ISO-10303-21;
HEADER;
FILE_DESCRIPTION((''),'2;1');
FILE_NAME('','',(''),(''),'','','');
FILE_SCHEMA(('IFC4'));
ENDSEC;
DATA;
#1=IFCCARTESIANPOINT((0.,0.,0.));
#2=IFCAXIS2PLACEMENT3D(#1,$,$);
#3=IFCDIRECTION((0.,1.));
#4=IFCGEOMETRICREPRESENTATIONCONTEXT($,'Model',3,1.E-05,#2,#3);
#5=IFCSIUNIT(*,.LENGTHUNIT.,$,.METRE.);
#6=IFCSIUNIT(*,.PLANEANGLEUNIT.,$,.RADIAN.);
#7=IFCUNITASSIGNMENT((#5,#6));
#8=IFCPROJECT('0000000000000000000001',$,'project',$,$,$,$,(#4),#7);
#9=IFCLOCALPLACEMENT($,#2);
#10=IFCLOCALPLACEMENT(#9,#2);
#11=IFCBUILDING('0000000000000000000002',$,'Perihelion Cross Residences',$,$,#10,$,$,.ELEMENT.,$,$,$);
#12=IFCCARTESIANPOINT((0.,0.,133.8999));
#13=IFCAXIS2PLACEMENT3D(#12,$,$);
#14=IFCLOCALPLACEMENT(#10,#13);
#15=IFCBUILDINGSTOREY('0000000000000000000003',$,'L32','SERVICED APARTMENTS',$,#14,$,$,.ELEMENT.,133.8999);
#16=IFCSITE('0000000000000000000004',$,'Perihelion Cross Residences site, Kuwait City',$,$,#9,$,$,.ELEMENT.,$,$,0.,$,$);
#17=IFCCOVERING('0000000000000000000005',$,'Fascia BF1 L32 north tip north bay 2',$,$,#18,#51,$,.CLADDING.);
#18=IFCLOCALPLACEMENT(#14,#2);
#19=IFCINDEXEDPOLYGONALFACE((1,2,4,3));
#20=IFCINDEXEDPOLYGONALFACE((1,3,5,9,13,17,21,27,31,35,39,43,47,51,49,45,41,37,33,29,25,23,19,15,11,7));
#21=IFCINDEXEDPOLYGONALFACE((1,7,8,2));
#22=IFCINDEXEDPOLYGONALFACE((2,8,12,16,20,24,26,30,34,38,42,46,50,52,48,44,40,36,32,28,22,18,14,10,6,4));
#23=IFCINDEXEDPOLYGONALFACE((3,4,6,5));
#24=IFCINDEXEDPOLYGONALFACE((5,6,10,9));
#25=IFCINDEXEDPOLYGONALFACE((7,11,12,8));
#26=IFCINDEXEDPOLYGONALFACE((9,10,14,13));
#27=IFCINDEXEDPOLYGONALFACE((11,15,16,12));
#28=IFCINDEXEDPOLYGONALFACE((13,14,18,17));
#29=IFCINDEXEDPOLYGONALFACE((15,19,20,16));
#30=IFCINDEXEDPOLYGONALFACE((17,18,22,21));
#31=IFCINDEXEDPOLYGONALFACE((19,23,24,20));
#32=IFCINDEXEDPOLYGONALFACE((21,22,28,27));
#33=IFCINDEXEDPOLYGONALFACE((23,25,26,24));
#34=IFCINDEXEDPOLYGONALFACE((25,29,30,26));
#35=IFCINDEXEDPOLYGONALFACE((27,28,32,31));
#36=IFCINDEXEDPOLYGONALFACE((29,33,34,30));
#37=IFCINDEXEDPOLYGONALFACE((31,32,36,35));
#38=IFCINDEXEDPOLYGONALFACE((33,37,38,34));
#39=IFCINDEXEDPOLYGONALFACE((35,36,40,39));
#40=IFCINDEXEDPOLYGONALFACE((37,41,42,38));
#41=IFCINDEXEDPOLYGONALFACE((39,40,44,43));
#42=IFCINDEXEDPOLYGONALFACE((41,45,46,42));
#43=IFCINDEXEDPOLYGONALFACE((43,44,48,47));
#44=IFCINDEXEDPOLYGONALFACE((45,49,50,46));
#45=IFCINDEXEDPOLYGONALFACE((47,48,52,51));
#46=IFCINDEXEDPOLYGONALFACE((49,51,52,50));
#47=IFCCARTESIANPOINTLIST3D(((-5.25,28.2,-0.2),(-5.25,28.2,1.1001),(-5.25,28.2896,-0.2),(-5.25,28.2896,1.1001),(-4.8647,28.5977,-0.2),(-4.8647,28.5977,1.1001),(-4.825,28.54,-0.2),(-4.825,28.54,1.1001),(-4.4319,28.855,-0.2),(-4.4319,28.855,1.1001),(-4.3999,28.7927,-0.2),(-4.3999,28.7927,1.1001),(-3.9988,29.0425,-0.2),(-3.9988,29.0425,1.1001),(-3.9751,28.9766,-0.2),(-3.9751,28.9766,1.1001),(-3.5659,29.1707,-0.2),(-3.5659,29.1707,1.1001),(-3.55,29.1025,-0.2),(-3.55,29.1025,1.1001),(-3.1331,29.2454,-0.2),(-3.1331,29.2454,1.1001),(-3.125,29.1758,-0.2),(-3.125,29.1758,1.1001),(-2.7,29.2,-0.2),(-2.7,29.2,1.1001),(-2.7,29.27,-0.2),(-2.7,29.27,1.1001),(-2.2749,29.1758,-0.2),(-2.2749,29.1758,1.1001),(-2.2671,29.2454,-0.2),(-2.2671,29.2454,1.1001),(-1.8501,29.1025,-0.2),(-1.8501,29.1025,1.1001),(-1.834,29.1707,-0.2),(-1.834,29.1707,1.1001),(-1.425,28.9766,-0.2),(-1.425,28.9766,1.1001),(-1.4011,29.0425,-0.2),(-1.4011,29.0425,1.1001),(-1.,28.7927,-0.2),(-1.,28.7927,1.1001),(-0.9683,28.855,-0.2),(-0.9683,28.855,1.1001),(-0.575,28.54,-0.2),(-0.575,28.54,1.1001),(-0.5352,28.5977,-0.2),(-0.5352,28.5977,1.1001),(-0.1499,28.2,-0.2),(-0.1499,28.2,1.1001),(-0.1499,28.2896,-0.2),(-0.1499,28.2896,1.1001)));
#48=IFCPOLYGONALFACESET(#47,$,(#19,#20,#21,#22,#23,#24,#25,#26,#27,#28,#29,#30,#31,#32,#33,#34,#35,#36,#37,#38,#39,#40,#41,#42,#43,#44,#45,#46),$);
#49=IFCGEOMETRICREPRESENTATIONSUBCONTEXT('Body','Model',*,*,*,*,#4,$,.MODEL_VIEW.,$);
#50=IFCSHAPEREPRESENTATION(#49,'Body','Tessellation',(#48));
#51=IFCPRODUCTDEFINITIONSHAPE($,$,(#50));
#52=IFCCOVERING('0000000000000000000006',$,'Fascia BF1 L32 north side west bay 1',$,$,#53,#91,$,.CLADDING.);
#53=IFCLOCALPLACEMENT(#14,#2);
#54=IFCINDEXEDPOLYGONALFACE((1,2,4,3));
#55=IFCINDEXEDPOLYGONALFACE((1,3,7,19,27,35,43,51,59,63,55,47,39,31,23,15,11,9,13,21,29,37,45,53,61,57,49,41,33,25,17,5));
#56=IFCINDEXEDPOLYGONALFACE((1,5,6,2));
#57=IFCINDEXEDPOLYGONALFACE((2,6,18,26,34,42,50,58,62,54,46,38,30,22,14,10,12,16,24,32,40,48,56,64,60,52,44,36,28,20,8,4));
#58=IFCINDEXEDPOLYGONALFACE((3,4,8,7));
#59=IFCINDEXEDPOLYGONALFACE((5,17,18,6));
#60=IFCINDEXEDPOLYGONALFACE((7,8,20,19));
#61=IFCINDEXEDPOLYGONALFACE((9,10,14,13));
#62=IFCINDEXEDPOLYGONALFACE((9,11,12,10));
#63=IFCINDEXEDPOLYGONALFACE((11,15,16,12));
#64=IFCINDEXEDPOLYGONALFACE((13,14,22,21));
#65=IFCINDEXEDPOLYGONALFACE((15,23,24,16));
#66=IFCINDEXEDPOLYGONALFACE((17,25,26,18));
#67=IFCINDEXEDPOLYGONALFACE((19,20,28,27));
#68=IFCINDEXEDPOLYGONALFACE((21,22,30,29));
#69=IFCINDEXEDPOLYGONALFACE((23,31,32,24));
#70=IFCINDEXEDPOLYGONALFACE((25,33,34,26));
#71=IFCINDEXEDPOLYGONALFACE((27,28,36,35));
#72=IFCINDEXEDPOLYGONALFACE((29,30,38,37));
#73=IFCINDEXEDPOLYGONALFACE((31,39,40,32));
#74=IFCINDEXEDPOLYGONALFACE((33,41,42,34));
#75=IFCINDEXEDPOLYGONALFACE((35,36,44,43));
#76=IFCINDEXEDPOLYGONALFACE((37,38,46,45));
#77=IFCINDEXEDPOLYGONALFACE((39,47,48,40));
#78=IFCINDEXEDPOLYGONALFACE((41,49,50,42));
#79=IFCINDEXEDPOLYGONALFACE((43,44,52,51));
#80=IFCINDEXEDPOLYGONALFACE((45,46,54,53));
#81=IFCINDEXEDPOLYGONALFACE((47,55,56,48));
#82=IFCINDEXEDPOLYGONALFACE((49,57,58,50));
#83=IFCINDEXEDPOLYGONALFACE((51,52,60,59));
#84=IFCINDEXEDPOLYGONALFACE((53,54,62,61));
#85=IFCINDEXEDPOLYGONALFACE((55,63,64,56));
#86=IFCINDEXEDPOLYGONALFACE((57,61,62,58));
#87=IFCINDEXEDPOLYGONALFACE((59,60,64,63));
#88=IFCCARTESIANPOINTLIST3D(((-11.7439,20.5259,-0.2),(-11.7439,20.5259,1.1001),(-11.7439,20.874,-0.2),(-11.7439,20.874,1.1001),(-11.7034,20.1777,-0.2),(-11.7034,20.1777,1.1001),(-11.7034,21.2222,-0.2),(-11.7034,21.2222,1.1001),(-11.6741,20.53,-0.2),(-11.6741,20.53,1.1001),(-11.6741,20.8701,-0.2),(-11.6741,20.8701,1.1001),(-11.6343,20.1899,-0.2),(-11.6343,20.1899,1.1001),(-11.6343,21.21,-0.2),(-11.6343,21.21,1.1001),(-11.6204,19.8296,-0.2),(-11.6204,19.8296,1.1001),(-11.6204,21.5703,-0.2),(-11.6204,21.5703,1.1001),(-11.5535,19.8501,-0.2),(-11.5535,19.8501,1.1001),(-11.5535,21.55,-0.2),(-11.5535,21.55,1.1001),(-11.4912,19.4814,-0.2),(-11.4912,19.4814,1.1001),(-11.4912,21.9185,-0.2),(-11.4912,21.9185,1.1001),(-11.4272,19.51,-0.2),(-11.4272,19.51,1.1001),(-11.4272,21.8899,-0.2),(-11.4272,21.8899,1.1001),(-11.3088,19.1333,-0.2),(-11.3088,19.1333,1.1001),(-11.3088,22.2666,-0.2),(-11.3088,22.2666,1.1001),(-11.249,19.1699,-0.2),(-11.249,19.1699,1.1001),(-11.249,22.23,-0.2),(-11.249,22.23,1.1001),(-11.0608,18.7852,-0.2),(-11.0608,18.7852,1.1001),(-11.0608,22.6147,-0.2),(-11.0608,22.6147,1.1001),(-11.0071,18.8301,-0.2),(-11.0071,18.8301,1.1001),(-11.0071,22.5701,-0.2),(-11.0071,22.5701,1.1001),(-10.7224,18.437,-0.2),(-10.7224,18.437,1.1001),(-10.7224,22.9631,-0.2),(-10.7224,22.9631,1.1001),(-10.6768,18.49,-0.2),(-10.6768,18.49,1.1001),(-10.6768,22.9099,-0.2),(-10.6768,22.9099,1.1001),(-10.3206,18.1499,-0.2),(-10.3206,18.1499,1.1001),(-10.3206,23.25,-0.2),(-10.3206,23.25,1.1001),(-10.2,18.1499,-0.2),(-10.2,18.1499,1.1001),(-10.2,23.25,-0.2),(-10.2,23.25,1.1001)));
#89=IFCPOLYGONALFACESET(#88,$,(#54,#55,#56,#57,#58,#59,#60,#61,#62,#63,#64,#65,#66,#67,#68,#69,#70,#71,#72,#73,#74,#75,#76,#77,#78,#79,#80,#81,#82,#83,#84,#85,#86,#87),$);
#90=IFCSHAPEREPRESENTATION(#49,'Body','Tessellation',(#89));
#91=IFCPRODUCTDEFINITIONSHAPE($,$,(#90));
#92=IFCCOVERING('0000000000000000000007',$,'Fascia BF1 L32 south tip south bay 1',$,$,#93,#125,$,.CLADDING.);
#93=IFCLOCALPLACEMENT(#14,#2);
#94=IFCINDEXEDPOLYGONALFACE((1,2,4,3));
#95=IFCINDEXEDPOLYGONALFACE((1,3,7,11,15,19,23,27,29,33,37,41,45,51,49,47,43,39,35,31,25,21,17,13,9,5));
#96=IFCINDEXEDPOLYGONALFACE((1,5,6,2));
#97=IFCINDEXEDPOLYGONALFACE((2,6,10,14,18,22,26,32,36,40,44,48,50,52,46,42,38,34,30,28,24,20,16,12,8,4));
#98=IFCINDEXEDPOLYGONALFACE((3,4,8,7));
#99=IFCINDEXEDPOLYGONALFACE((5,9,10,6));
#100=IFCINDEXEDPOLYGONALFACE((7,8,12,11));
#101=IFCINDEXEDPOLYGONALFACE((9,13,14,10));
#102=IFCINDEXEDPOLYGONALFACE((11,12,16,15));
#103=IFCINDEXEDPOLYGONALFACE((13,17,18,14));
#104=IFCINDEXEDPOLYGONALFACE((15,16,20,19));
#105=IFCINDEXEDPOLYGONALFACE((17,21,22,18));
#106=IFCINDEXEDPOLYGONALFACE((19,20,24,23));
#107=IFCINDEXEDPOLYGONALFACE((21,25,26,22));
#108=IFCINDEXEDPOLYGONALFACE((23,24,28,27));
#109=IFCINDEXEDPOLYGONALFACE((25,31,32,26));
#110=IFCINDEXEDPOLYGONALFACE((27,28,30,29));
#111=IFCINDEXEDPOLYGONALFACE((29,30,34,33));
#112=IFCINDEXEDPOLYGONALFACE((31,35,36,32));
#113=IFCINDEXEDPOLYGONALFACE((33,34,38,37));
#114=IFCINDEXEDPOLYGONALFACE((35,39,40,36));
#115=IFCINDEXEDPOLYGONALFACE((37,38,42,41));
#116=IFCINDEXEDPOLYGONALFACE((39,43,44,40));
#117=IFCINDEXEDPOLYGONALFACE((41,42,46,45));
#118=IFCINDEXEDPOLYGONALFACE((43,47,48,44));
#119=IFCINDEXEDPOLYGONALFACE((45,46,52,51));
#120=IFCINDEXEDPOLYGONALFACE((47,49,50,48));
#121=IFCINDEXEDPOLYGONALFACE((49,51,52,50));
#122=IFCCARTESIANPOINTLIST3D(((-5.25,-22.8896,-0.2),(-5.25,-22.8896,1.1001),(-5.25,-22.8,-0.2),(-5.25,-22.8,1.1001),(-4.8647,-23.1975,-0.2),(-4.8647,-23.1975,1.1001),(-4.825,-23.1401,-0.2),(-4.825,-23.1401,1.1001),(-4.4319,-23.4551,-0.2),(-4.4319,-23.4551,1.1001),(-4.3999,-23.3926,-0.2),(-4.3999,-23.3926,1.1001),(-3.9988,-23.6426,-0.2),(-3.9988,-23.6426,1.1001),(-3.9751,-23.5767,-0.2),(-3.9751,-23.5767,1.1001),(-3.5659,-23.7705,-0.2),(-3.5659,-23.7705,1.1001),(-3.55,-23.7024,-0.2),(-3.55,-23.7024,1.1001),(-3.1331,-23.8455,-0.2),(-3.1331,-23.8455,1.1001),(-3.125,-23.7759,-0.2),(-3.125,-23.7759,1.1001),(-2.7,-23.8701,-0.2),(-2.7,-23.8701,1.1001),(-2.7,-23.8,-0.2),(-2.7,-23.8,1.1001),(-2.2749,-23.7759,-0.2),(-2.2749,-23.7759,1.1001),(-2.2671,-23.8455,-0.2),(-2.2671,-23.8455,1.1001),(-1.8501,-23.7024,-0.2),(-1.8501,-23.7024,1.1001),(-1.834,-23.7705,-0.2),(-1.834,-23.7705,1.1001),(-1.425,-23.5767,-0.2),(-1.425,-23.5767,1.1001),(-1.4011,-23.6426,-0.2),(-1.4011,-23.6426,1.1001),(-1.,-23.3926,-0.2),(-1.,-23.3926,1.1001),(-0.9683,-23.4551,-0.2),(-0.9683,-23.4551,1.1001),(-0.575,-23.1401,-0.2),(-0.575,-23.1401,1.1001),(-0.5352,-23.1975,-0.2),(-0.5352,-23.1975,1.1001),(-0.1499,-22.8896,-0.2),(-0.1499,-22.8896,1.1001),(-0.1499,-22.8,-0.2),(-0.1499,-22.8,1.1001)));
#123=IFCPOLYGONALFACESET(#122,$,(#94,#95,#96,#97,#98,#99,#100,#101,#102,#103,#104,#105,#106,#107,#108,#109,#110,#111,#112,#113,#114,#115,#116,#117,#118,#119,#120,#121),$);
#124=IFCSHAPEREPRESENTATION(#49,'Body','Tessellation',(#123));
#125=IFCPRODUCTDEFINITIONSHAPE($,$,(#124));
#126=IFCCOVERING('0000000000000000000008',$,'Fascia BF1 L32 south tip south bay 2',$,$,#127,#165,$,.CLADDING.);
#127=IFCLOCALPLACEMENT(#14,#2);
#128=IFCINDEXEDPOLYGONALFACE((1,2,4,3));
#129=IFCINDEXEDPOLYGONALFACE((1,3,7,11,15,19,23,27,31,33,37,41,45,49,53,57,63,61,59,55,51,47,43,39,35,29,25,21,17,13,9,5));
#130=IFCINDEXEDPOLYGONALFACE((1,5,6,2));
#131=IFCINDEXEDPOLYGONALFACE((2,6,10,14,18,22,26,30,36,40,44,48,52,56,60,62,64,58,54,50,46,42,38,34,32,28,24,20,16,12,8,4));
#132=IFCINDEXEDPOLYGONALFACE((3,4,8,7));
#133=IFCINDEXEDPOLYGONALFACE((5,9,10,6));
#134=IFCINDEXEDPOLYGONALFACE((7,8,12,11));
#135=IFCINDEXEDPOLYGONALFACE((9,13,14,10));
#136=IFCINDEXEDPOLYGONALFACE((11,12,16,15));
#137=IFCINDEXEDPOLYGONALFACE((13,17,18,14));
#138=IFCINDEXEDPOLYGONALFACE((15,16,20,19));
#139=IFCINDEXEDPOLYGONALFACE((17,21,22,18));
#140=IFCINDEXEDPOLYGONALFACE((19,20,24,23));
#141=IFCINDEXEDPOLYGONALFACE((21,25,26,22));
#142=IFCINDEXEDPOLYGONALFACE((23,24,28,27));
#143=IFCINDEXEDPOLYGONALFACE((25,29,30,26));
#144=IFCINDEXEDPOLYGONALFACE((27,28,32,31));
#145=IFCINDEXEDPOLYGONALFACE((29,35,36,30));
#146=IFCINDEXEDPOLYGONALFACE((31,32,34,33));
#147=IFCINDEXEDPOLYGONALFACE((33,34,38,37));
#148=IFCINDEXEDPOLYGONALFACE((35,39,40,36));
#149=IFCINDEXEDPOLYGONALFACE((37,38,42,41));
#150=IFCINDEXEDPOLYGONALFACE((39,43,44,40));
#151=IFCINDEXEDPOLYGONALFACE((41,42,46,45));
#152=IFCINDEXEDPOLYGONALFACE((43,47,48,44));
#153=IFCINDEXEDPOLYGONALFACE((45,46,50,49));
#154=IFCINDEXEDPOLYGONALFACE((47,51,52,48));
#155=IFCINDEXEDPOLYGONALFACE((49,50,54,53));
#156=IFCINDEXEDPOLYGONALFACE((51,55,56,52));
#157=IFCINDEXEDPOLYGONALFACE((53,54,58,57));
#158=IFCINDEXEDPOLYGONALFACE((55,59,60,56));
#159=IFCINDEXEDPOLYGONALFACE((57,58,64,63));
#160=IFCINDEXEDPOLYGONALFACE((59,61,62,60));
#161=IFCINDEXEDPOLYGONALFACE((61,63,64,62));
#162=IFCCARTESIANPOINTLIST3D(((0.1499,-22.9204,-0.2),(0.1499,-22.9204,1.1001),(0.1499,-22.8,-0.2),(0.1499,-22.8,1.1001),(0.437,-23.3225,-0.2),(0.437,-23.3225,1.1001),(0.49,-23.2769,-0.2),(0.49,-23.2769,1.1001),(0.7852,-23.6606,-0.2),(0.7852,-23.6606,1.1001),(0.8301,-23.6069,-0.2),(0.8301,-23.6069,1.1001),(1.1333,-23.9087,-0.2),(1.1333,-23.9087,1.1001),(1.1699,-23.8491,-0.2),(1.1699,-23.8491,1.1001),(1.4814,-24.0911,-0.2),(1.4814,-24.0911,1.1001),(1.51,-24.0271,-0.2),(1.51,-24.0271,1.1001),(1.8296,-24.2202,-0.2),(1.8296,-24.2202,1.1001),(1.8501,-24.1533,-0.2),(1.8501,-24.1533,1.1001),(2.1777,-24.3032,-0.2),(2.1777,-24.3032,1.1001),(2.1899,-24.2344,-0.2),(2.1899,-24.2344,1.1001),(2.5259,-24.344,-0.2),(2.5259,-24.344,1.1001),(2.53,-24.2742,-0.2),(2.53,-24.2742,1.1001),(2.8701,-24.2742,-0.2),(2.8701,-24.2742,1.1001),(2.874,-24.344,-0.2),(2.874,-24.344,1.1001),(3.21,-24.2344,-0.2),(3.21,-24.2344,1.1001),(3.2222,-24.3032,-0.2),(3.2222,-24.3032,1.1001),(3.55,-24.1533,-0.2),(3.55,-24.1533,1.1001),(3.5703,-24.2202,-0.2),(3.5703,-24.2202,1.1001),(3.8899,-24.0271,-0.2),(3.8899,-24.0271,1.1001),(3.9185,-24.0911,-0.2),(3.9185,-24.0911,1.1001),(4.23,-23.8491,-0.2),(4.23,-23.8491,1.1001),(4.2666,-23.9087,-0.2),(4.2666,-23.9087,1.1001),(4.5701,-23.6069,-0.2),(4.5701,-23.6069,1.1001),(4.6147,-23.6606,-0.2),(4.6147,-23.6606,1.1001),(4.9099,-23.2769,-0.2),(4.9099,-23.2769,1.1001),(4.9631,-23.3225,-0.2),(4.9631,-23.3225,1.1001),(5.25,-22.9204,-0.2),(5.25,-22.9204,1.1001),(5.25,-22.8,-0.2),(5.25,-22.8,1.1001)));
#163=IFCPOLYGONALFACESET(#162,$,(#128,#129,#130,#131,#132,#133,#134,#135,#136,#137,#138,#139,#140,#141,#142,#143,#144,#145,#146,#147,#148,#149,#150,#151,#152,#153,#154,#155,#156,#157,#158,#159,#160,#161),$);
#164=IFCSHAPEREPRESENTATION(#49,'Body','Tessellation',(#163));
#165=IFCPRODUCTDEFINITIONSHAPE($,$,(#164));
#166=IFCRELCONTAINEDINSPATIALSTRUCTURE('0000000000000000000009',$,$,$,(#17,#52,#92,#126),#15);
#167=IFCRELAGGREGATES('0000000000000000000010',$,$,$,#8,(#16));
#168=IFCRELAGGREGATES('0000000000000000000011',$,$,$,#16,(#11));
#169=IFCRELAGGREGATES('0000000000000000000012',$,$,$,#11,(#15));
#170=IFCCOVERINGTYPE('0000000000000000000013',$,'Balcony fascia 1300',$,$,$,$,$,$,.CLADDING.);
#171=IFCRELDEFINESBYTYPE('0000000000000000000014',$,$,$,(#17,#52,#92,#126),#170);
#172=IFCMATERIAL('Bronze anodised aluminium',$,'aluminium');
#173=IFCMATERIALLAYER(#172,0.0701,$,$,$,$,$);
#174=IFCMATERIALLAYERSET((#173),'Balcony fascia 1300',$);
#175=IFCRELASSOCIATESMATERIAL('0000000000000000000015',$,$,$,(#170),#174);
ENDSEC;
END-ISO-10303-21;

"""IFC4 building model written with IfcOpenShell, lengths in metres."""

from ifc_helpers import new_model, si_unit, direction, frame, origin, place, context, subcontext, project, spatial, polyline, outline, extrude, material, layer, layer_set, type_object, element, save


model = new_model("IFC4")

# Units and contexts
model_context = context("Model", 3, precision=1e-05, world=origin(), true_north=direction((0.0, 1.0)))
body_context = subcontext(model_context, "Body", "Model", "MODEL_VIEW")
ifc_project = project(units=[si_unit("LENGTHUNIT", "METRE"), si_unit("PLANEANGLEUNIT", "RADIAN")], contexts=[model_context])

# Site, building, storey
site_placement = place(None, origin())
site = spatial("IfcSite", under=ifc_project, at=site_placement, Name="Perihelion Cross Residences site, Kuwait City", CompositionType="ELEMENT", RefElevation=0.0)
building_placement = place(site_placement, origin())
building = spatial("IfcBuilding", under=site, at=building_placement, Name="Perihelion Cross Residences", CompositionType="ELEMENT")
storey_placement = place(building_placement, frame((0.0, 0.0, 133.8999)))
storey = spatial("IfcBuildingStorey", under=building, at=storey_placement, Name="L32", Description="SERVICED APARTMENTS", CompositionType="ELEMENT", Elevation=133.8999)

# Coverings
ifc_material_1 = material(Name="Bronze anodised aluminium", Category="aluminium")
ifc_layer_1 = layer(ifc_material_1, 0.0701)
ifc_layer_set_1 = layer_set([ifc_layer_1], Name="Balcony fascia 1300")
covering_type = type_object("IfcCoveringType", Name="Balcony fascia 1300", PredefinedType="CLADDING", material=ifc_layer_set_1)
covering_1_placement = place(storey_placement, frame((0.0, 0.0, -0.2)))
element("IfcCovering", 1, at=covering_1_placement, inside=storey, type_object=covering_type, Name="Fascia BF1 L32 north tip north bay 2", PredefinedType="CLADDING", context=body_context, shape_type="SweptSolid", body=[
    extrude(outline(polyline([(-0.5352, 28.5977), (-0.9683, 28.855), (-1.4011, 29.0425), (-1.834, 29.1707), (-2.2671, 29.2454), (-2.7, 29.27), (-3.1331, 29.2454), (-3.5659, 29.1707), (-3.9988, 29.0425), (-4.4319, 28.855), (-4.8647, 28.5977), (-5.25, 28.2896), (-5.25, 28.2), (-4.825, 28.54), (-4.3999, 28.7927), (-3.9751, 28.9766), (-3.55, 29.1025), (-3.125, 29.1758), (-2.7, 29.2), (-2.2749, 29.1758), (-1.8501, 29.1025), (-1.425, 28.9766), (-1.0, 28.7927), (-0.575, 28.54), (-0.1499, 28.2), (-0.1499, 28.2896), (-0.5352, 28.5977)])), origin(), (0.0, 0.0, 1.0), 1.3),
])
covering_2_placement = place(storey_placement, frame((0.0, 0.0, -0.2)))
element("IfcCovering", 2, at=covering_2_placement, inside=storey, type_object=covering_type, Name="Fascia BF1 L32 north side west bay 1", PredefinedType="CLADDING", context=body_context, shape_type="SweptSolid", body=[
    extrude(outline(polyline([(-10.7224, 22.9631), (-11.0608, 22.6147), (-11.3088, 22.2666), (-11.4912, 21.9185), (-11.6204, 21.5703), (-11.7034, 21.2222), (-11.7439, 20.874), (-11.7439, 20.5259), (-11.7034, 20.1777), (-11.6204, 19.8296), (-11.4912, 19.4814), (-11.3088, 19.1333), (-11.0608, 18.7852), (-10.7224, 18.437), (-10.3206, 18.1499), (-10.2, 18.1499), (-10.6768, 18.49), (-11.0071, 18.8301), (-11.249, 19.1699), (-11.4272, 19.51), (-11.5535, 19.8501), (-11.6343, 20.1899), (-11.6741, 20.53), (-11.6741, 20.8701), (-11.6343, 21.21), (-11.5535, 21.55), (-11.4272, 21.8899), (-11.249, 22.23), (-11.0071, 22.5701), (-10.6768, 22.9099), (-10.2, 23.25), (-10.3206, 23.25), (-10.7224, 22.9631)])), origin(), (0.0, 0.0, 1.0), 1.3),
])
covering_3_placement = place(storey_placement, frame((0.0, 0.0, -0.2)))
element("IfcCovering", 3, at=covering_3_placement, inside=storey, type_object=covering_type, Name="Fascia BF1 L32 south tip south bay 1", PredefinedType="CLADDING", context=body_context, shape_type="SweptSolid", body=[
    extrude(outline(polyline([(-4.8647, -23.1975), (-4.4319, -23.4551), (-3.9988, -23.6426), (-3.5659, -23.7705), (-3.1331, -23.8455), (-2.7, -23.8701), (-2.2671, -23.8455), (-1.834, -23.7705), (-1.4011, -23.6426), (-0.9683, -23.4551), (-0.5352, -23.1975), (-0.1499, -22.8896), (-0.1499, -22.8), (-0.575, -23.1401), (-1.0, -23.3926), (-1.425, -23.5767), (-1.8501, -23.7024), (-2.2749, -23.7759), (-2.7, -23.8), (-3.125, -23.7759), (-3.55, -23.7024), (-3.9751, -23.5767), (-4.3999, -23.3926), (-4.825, -23.1401), (-5.25, -22.8), (-5.25, -22.8896), (-4.8647, -23.1975)])), origin(), (0.0, 0.0, 1.0), 1.3),
])
covering_4_placement = place(storey_placement, frame((0.0, 0.0, -0.2)))
element("IfcCovering", 4, at=covering_4_placement, inside=storey, type_object=covering_type, Name="Fascia BF1 L32 south tip south bay 2", PredefinedType="CLADDING", context=body_context, shape_type="SweptSolid", body=[
    extrude(outline(polyline([(0.437, -23.3225), (0.7852, -23.6606), (1.1333, -23.9087), (1.4814, -24.0911), (1.8296, -24.2202), (2.1777, -24.3032), (2.5259, -24.344), (2.874, -24.344), (3.2222, -24.3032), (3.5703, -24.2202), (3.9185, -24.0911), (4.2666, -23.9087), (4.6147, -23.6606), (4.9631, -23.3225), (5.25, -22.9204), (5.25, -22.8), (4.9099, -23.2769), (4.5701, -23.6069), (4.23, -23.8491), (3.8899, -24.0271), (3.55, -24.1533), (3.21, -24.2344), (2.8701, -24.2742), (2.53, -24.2742), (2.1899, -24.2344), (1.8501, -24.1533), (1.51, -24.0271), (1.1699, -23.8491), (0.8301, -23.6069), (0.49, -23.2769), (0.1499, -22.8), (0.1499, -22.9204), (0.437, -23.3225)])), origin(), (0.0, 0.0, 1.0), 1.3),
])

save(model, "model.ifc")
